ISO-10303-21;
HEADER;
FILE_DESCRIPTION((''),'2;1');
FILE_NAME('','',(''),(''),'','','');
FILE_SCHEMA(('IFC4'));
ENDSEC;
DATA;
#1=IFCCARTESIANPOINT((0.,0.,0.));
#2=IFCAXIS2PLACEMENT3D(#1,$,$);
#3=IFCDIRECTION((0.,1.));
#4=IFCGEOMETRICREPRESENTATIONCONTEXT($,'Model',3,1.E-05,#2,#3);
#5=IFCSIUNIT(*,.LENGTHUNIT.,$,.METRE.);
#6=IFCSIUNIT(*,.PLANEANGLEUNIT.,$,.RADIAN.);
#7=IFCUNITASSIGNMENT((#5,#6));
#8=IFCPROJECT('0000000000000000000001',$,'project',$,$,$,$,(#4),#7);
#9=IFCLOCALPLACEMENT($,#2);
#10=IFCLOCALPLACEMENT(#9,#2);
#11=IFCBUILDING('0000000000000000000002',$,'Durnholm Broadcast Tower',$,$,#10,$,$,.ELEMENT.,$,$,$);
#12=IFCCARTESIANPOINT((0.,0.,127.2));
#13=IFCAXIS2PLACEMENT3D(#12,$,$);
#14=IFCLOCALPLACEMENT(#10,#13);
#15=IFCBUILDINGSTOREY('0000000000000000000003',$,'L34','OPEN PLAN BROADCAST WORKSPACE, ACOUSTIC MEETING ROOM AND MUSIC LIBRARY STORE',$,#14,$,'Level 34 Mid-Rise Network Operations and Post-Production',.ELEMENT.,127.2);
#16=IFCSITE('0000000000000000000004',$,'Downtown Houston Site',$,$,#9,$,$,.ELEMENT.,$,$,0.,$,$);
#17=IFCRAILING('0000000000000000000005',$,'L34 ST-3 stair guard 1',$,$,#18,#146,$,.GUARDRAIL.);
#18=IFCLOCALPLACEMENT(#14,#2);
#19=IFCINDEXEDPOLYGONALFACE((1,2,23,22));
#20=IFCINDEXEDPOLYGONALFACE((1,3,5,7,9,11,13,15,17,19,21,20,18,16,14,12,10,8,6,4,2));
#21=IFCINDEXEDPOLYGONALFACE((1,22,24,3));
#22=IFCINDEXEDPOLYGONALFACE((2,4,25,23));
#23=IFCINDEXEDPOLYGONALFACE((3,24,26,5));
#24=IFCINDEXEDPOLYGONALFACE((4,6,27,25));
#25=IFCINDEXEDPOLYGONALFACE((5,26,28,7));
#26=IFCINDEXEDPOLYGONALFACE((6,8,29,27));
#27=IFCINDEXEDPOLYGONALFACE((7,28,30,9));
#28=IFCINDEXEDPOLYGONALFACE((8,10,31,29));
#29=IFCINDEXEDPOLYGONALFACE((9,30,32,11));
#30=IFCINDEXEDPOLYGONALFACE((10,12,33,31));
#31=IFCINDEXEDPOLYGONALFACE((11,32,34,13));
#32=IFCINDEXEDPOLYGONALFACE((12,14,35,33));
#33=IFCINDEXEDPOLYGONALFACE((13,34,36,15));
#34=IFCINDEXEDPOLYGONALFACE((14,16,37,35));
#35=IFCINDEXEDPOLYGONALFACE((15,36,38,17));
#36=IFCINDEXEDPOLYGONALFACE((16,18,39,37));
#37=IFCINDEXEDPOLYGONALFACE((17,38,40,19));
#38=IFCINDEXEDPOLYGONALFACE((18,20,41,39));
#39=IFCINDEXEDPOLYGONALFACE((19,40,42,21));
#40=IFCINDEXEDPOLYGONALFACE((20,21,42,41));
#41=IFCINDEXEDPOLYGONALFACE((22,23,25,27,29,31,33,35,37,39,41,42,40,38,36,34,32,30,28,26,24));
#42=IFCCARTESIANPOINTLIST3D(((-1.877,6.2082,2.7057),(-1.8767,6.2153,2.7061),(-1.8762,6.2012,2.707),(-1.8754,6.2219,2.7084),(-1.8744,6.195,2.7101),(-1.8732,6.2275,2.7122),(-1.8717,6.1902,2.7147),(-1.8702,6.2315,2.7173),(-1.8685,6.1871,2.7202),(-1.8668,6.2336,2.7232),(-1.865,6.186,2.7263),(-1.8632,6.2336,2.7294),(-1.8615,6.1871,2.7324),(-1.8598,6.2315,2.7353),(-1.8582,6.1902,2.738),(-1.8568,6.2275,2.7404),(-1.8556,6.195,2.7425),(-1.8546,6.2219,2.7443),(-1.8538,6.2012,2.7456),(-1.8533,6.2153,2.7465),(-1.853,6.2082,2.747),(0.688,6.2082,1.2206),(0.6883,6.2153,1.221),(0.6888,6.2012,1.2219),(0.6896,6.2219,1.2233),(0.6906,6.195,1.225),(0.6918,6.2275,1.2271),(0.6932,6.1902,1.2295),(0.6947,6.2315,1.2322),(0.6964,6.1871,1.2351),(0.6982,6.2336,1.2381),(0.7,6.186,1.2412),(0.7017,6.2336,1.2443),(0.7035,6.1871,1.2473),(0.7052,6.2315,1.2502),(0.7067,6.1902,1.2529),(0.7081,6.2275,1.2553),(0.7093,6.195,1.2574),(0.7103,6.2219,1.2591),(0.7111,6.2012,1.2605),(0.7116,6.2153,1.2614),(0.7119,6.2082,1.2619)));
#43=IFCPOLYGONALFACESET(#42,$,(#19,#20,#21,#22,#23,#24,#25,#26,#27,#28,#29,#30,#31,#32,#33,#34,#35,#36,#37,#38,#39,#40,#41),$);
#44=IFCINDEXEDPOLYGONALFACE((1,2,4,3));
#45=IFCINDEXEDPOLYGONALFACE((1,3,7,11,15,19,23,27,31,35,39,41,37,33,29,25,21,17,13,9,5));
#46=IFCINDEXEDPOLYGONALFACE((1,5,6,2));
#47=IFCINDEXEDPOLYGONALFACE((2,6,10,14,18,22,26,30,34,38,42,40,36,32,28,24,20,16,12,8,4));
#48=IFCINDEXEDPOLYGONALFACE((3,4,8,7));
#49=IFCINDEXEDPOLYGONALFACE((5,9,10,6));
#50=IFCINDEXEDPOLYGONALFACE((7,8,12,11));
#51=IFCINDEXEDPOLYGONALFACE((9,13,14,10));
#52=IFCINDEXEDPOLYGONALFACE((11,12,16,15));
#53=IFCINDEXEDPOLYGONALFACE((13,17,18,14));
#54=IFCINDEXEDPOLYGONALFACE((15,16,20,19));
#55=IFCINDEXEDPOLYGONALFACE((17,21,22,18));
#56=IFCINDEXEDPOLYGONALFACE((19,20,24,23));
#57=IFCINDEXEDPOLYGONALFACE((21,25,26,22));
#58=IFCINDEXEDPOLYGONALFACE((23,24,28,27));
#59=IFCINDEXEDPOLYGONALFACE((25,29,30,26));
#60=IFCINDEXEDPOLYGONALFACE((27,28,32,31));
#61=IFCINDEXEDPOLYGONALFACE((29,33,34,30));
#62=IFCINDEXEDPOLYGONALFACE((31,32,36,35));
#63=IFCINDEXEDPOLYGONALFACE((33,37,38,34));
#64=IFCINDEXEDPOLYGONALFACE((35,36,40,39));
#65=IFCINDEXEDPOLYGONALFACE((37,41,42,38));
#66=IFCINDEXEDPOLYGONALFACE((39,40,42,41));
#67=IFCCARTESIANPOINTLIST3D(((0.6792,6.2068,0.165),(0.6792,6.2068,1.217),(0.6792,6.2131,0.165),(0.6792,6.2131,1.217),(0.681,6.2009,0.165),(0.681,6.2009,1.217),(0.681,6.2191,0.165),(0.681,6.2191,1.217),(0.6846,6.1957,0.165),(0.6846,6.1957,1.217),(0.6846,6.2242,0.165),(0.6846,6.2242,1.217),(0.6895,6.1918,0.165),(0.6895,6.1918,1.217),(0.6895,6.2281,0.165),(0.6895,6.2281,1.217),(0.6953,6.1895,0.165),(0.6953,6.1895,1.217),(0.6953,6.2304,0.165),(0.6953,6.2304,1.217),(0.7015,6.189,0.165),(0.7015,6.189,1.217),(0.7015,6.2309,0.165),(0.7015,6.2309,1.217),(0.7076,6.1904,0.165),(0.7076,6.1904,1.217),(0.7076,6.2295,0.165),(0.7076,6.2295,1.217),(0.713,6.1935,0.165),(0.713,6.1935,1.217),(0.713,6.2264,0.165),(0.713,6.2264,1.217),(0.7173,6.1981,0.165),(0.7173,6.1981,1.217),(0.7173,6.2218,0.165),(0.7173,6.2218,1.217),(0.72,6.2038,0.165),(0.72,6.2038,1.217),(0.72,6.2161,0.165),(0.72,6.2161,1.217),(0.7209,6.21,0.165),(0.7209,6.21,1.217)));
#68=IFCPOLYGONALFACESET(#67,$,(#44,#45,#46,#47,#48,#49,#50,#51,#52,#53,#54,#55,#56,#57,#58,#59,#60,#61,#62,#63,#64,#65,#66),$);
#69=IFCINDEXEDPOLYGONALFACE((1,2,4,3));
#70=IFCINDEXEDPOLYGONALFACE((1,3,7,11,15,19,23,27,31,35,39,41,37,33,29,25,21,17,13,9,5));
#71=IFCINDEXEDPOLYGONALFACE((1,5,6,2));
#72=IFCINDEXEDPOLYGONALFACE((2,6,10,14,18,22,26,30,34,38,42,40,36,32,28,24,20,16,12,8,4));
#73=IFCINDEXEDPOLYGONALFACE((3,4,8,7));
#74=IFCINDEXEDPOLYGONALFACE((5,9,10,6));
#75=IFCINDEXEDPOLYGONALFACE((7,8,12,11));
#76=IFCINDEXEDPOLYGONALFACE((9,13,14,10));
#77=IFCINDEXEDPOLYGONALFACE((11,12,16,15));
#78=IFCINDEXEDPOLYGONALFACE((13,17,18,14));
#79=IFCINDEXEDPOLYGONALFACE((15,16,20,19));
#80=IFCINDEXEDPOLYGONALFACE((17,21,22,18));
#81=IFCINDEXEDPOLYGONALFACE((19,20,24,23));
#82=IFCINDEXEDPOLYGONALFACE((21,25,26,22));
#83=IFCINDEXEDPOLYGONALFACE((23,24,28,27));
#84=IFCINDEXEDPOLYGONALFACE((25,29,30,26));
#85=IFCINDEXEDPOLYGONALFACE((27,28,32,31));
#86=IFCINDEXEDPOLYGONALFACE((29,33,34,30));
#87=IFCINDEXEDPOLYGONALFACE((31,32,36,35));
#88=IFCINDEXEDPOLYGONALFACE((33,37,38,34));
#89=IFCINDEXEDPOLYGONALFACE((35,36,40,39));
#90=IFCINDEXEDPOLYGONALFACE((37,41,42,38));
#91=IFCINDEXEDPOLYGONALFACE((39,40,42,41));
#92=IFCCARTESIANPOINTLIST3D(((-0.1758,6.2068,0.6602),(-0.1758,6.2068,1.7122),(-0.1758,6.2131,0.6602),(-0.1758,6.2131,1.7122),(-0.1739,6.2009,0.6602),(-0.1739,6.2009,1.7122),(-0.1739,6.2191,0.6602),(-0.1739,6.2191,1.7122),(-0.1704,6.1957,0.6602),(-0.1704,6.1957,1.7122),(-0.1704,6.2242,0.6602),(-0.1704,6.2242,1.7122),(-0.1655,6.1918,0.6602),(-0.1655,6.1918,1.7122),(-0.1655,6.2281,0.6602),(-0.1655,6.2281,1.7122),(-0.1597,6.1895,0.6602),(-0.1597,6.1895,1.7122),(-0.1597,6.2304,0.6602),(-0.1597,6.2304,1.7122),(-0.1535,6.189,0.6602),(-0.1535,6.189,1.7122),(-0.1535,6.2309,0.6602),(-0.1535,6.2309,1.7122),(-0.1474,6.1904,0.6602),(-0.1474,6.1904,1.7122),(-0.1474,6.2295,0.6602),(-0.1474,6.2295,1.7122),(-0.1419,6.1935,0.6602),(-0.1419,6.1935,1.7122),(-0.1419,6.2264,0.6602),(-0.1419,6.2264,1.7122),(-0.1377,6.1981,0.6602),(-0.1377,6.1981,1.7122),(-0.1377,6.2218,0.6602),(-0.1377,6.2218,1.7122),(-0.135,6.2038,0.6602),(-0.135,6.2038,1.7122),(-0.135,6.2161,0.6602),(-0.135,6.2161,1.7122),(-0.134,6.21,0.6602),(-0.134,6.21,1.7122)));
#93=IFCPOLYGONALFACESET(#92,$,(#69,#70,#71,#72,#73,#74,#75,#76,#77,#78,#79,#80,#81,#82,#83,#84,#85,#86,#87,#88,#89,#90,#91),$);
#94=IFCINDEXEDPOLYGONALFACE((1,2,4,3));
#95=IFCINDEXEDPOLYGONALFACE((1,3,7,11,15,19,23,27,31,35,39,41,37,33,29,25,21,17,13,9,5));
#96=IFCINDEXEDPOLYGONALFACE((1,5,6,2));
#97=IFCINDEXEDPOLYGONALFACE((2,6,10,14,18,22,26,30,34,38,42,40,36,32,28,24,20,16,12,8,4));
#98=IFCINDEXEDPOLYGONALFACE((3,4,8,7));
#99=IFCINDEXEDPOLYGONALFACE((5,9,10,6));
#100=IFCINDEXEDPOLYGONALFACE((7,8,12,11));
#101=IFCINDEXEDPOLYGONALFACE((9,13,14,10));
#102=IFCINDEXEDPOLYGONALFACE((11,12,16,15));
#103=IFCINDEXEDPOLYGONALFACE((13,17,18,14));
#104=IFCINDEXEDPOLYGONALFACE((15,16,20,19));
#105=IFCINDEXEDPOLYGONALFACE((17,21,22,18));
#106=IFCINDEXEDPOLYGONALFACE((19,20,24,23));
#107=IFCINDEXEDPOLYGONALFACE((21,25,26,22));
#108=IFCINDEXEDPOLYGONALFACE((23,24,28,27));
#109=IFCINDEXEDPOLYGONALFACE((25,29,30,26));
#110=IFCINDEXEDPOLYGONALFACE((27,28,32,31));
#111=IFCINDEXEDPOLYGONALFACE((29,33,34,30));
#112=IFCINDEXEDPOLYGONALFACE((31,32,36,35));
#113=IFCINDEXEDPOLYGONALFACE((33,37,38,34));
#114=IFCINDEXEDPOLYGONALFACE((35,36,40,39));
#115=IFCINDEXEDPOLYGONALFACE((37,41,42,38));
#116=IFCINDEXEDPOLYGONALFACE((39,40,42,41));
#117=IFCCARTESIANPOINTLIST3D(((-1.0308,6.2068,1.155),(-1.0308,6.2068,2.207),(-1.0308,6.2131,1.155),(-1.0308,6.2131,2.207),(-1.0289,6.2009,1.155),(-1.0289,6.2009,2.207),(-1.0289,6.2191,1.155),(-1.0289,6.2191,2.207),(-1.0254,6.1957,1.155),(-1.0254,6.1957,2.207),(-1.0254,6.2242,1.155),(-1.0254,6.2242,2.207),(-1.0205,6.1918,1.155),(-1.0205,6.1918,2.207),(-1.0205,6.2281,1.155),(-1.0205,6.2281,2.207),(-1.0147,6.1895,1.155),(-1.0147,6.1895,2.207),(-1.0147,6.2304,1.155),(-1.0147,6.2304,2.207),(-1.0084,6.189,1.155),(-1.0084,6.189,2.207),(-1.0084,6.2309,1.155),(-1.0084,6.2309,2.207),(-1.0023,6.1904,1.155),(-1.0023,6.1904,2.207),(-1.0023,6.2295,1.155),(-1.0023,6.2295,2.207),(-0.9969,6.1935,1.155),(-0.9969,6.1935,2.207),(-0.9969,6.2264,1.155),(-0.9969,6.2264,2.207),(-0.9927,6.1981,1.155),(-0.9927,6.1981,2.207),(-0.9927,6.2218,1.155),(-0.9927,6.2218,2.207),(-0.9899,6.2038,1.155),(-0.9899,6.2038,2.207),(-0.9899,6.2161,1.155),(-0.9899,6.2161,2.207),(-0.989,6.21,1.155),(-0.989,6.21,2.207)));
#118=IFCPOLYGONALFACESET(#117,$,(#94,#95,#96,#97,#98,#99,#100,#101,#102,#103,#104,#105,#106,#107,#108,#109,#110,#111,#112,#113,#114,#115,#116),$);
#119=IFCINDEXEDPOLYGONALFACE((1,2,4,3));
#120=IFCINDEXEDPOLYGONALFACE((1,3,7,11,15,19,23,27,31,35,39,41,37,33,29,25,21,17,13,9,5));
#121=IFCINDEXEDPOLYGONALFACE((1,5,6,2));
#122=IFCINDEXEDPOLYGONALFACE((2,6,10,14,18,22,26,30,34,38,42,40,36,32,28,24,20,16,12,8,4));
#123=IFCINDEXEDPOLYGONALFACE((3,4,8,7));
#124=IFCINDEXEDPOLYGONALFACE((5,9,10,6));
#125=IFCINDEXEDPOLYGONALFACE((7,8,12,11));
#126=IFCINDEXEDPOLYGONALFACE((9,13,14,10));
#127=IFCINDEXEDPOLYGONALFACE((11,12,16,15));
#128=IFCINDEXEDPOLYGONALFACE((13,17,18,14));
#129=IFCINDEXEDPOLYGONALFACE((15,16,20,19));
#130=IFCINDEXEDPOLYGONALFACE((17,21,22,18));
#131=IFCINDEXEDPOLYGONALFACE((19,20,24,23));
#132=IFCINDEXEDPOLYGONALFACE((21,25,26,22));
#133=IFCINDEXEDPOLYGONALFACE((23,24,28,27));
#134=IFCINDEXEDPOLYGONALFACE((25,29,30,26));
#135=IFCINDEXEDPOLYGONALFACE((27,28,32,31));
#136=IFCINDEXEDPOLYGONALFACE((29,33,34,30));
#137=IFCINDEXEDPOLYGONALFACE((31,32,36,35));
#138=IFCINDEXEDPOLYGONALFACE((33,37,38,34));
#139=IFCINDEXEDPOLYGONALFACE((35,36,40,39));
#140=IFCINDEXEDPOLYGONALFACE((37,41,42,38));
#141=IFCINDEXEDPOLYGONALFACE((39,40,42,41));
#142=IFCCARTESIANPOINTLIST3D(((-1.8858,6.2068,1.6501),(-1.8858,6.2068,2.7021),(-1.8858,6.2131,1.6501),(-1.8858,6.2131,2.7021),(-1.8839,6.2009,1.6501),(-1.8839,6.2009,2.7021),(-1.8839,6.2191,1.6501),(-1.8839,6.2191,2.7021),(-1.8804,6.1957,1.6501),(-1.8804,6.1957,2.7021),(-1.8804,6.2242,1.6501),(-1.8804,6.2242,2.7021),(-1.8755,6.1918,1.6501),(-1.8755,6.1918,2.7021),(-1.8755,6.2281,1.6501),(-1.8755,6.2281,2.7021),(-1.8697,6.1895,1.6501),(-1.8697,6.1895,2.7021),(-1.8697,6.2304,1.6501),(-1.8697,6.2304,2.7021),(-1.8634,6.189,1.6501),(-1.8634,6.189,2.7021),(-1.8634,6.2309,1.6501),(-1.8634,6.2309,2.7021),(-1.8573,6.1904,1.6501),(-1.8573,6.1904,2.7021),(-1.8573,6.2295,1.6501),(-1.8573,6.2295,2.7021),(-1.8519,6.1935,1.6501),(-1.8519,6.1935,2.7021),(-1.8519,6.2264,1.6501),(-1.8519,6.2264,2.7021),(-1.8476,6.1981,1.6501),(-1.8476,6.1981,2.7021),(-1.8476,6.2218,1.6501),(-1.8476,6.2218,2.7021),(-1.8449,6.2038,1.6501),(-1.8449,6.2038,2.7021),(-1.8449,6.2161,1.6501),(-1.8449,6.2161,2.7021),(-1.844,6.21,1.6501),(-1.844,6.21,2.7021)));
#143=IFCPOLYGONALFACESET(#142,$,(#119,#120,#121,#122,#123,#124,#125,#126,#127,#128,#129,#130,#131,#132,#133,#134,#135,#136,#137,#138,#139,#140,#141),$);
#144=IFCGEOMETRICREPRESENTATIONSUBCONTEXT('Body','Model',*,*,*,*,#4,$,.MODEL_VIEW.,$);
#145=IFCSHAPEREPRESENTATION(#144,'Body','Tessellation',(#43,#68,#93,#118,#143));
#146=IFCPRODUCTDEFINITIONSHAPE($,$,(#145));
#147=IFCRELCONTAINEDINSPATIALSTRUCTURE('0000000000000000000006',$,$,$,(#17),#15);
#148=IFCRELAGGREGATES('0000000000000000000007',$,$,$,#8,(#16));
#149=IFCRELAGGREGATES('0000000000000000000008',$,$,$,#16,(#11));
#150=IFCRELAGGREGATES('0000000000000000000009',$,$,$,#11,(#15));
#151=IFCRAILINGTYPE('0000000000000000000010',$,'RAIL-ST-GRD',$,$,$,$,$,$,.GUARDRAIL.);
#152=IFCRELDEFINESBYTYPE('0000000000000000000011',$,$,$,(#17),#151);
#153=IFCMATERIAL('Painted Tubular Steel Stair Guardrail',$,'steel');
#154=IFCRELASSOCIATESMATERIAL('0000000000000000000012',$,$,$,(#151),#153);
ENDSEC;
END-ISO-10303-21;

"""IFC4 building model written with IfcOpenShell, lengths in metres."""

from ifc_helpers import new_model, si_unit, direction, frame, origin, origin_2d, place, context, subcontext, project, spatial, circle, extrude, material, type_object, element, save


model = new_model("IFC4")

# Units and contexts
model_context = context("Model", 3, precision=1e-05, world=origin(), true_north=direction((0.0, 1.0)))
body_context = subcontext(model_context, "Body", "Model", "MODEL_VIEW")
ifc_project = project(units=[si_unit("LENGTHUNIT", "METRE"), si_unit("PLANEANGLEUNIT", "RADIAN")], contexts=[model_context])

# Site, building, storey
site_placement = place(None, origin())
site = spatial("IfcSite", under=ifc_project, at=site_placement, Name="Downtown Houston Site", CompositionType="ELEMENT", RefElevation=0.0)
building_placement = place(site_placement, origin())
building = spatial("IfcBuilding", under=site, at=building_placement, Name="Durnholm Broadcast Tower", CompositionType="ELEMENT")
storey_placement = place(building_placement, frame((0.0, 0.0, 127.2)))
storey = spatial("IfcBuildingStorey", under=building, at=storey_placement, Name="L34", Description="OPEN PLAN BROADCAST WORKSPACE, ACOUSTIC MEETING ROOM AND MUSIC LIBRARY STORE", LongName="Level 34 Mid-Rise Network Operations and Post-Production", CompositionType="ELEMENT", Elevation=127.2)

# Railing
ifc_material_1 = material(Name="Painted Tubular Steel Stair Guardrail", Category="steel")
railing_type_1 = type_object("IfcRailingType", Name="RAIL-ST-GRD", PredefinedType="GUARDRAIL", material=ifc_material_1)
railing_1_placement = place(storey_placement, frame((0.7, 6.21, 0.165)))
element("IfcRailing", 1, at=railing_1_placement, inside=storey, type_object=railing_type_1, Name="L34 ST-3 stair guard 1", PredefinedType="GUARDRAIL", context=body_context, shape_type="SweptSolid", body=[
    extrude(circle(Radius=0.0239, at=origin_2d()), frame((0.0, 0.0, 1.0762), z_axis=(-0.865406, 0.0, 0.501072), x_axis=(0.0, -1.0, 0.0)), (0.0, 0.0, 1.0), 2.9639),
    extrude(circle(Radius=0.021, at=origin_2d()), origin(), (0.0, 0.0, 1.0), 1.052),
    extrude(circle(Radius=0.021, at=origin_2d()), frame((-0.855, 0.0, 0.4951)), (0.0, 0.0, 1.0), 1.052),
    extrude(circle(Radius=0.021, at=origin_2d()), frame((-1.71, 0.0, 0.99)), (0.0, 0.0, 1.0), 1.052),
    extrude(circle(Radius=0.021, at=origin_2d()), frame((-2.5649, 0.0, 1.4851)), (0.0, 0.0, 1.0), 1.052),
])

save(model, "model.ifc")
